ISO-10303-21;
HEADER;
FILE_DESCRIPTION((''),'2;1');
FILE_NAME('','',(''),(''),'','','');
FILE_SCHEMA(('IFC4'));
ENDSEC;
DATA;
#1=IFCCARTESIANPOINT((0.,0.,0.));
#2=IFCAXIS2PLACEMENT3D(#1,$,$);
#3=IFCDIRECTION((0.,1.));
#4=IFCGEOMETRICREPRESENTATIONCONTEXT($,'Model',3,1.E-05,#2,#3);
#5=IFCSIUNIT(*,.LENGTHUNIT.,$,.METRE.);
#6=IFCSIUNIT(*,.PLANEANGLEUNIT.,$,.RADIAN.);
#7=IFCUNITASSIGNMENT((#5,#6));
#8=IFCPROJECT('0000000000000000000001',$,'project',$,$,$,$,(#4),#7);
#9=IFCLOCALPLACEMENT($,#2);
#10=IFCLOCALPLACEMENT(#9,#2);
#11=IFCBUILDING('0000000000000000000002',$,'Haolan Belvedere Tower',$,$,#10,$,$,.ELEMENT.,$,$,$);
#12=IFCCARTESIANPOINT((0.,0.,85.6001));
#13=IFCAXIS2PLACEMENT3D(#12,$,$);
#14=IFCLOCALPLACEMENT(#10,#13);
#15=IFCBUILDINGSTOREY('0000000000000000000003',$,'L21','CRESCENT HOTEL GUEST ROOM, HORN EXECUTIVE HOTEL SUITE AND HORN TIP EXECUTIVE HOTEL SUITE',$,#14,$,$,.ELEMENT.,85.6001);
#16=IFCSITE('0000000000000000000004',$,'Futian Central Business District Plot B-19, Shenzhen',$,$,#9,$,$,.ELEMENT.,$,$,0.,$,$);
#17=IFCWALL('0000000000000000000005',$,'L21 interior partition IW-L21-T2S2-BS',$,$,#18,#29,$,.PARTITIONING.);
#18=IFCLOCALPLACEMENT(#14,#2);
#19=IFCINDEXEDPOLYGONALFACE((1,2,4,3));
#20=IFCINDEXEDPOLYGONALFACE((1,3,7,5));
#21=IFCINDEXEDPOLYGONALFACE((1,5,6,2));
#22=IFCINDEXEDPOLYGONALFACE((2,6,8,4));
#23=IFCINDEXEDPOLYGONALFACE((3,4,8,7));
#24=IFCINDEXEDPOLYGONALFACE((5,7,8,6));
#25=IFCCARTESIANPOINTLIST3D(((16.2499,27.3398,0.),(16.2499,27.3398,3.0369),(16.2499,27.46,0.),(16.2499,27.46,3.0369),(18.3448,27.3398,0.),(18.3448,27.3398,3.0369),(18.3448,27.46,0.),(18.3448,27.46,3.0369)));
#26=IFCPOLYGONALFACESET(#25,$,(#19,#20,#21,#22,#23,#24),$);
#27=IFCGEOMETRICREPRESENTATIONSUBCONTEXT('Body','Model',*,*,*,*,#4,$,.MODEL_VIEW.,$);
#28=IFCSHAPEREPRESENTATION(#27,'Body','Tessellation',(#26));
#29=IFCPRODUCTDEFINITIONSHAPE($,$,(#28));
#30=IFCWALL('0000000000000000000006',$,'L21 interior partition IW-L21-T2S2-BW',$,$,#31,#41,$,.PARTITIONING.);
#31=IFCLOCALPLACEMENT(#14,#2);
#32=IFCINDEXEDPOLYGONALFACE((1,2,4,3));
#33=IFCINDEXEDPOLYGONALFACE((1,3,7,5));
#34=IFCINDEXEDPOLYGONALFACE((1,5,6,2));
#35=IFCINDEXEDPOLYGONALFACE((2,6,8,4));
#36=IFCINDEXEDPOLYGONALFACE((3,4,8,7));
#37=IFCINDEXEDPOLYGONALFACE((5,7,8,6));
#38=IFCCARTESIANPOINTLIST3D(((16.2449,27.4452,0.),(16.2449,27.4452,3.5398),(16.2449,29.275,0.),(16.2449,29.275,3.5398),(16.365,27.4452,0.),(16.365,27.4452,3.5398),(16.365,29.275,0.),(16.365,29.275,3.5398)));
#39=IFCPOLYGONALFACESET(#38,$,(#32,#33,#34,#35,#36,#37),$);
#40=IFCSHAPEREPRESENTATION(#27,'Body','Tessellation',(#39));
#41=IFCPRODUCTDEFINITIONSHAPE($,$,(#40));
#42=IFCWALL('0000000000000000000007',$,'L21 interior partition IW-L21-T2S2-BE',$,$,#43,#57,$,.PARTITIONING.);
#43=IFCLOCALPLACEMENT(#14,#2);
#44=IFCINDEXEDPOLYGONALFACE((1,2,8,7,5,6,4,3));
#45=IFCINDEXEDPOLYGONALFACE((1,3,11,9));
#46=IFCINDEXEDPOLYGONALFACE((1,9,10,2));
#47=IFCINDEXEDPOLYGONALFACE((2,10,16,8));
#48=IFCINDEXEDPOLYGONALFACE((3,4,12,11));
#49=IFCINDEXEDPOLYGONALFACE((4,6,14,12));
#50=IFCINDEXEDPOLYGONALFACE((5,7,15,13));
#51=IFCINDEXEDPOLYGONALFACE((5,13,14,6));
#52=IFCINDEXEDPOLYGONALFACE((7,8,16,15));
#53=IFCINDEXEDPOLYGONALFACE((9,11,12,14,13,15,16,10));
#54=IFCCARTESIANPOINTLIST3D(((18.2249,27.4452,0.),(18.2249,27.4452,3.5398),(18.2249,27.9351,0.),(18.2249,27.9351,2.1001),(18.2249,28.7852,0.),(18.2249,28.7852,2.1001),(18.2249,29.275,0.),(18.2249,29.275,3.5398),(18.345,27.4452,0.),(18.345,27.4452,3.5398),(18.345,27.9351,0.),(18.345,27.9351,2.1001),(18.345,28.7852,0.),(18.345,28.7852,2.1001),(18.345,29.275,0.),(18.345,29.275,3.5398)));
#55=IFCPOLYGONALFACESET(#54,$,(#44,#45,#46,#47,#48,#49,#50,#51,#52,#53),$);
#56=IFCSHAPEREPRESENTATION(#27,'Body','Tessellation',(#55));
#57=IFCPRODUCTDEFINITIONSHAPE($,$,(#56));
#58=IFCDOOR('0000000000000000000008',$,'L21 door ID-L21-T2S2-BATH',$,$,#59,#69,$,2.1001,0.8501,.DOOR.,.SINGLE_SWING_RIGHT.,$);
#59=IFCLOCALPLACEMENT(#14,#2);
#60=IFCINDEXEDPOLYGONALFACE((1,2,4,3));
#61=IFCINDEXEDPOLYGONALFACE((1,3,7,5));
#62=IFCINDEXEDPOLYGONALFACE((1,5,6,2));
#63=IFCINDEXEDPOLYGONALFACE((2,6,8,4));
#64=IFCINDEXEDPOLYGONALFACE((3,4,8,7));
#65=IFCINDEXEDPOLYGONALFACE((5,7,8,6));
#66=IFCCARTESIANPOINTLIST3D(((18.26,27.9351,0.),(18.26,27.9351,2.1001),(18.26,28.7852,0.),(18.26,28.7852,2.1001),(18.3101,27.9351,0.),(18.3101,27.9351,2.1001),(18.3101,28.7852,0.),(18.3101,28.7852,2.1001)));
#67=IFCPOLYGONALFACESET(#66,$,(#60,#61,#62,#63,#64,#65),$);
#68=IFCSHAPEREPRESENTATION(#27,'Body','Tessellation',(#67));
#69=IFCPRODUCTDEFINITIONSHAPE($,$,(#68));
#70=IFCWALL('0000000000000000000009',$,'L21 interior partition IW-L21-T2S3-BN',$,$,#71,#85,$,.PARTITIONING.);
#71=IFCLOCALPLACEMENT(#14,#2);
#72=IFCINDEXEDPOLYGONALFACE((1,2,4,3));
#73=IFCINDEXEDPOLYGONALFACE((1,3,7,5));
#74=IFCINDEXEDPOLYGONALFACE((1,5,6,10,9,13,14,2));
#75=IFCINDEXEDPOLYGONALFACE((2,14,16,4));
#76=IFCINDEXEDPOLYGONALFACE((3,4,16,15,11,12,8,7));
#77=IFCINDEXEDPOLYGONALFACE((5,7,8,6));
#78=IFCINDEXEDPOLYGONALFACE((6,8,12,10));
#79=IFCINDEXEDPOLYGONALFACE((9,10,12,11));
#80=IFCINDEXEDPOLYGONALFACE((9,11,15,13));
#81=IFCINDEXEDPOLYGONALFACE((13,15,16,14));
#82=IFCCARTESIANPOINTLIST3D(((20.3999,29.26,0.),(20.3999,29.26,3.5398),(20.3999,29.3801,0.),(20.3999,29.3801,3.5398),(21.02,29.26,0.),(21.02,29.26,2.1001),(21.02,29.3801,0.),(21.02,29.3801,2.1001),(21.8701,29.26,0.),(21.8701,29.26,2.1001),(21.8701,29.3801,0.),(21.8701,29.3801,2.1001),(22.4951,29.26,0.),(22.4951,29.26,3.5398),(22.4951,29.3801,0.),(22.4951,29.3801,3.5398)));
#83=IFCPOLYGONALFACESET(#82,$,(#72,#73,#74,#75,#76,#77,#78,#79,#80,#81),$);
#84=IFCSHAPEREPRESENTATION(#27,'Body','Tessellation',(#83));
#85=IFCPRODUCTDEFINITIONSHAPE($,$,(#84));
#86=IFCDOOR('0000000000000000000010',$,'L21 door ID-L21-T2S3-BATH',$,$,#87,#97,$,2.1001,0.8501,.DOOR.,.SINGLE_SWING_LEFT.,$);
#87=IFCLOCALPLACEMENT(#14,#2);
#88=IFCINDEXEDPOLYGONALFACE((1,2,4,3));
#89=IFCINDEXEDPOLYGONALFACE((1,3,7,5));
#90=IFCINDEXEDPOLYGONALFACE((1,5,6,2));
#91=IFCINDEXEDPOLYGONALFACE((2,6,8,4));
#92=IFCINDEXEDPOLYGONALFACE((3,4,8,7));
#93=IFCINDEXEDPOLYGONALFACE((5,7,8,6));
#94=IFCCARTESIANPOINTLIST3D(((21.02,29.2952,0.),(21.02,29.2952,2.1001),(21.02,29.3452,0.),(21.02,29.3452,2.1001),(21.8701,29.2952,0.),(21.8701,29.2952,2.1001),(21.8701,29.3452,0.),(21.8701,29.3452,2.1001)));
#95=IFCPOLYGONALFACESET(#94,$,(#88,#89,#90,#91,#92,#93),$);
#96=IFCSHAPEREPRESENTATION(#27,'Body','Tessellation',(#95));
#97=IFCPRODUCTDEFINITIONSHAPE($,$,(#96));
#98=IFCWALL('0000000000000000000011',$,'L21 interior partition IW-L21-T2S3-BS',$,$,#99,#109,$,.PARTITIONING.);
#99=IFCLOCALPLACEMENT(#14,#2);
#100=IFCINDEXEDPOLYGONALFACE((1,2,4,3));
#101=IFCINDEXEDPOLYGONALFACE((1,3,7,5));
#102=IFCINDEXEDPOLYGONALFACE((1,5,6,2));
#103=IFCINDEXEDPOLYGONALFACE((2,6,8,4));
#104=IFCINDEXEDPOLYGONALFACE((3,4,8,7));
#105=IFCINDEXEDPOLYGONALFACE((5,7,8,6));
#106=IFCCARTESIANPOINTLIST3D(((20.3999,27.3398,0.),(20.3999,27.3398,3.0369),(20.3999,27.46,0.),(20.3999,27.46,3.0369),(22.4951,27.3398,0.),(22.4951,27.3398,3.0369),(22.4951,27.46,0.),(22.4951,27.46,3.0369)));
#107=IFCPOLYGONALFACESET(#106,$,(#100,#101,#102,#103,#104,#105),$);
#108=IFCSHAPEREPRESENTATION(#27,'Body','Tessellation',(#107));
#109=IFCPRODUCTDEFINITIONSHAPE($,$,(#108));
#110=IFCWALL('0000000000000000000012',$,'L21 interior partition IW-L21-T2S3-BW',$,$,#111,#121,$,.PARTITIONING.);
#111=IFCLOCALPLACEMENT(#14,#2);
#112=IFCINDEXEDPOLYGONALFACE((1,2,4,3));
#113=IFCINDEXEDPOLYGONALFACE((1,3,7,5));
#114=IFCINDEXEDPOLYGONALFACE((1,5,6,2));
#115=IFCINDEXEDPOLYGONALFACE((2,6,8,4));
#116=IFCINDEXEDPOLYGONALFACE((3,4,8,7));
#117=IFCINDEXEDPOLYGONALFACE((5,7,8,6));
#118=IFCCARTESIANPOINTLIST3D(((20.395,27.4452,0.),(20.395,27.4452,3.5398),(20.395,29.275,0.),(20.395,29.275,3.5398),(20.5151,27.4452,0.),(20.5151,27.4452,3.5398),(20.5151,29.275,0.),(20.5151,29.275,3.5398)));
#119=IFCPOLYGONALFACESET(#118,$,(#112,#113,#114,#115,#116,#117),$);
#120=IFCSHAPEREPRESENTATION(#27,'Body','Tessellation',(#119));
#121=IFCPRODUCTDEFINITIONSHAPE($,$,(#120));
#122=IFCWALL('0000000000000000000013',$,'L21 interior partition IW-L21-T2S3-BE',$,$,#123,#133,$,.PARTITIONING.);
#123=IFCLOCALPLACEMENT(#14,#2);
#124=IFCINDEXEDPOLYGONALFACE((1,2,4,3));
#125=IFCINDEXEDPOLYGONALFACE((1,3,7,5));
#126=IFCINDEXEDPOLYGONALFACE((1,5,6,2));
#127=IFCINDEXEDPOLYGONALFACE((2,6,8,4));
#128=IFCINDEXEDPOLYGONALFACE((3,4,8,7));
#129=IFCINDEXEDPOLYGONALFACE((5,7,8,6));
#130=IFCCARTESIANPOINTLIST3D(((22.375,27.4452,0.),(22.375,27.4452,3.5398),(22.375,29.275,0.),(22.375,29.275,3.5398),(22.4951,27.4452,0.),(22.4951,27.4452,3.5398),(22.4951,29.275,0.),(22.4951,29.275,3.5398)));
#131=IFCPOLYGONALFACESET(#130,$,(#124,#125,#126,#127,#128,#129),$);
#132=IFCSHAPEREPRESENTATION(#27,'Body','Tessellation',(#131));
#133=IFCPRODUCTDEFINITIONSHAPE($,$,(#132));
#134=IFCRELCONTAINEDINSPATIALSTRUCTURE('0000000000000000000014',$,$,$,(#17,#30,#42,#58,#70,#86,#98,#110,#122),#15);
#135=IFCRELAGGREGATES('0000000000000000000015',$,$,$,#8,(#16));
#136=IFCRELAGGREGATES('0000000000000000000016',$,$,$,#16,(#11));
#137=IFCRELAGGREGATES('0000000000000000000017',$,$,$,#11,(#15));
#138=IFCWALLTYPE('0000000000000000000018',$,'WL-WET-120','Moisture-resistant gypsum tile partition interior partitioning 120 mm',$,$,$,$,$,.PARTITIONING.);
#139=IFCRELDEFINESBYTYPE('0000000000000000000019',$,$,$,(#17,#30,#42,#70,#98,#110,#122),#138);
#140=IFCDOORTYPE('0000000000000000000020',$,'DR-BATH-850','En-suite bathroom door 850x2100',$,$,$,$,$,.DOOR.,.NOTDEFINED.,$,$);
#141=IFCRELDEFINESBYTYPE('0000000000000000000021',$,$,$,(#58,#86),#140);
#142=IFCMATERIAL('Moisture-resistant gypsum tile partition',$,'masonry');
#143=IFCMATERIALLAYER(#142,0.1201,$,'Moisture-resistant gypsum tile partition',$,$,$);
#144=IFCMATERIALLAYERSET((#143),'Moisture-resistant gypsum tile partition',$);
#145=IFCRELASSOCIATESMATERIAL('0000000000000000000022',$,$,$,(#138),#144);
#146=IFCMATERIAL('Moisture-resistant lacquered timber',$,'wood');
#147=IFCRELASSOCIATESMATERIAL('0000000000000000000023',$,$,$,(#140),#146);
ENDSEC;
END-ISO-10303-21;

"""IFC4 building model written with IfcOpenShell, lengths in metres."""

from ifc_helpers import new_model, si_unit, direction, frame, frame_2d, origin, place, context, subcontext, project, spatial, rectangle, extrude, material, layer, layer_set, type_object, element, fill, save


model = new_model("IFC4")

# Units and contexts
model_context = context("Model", 3, precision=1e-05, world=origin(), true_north=direction((0.0, 1.0)))
body_context = subcontext(model_context, "Body", "Model", "MODEL_VIEW")
ifc_project = project(units=[si_unit("LENGTHUNIT", "METRE"), si_unit("PLANEANGLEUNIT", "RADIAN")], contexts=[model_context])

# Site, building, storey
site_placement = place(None, origin())
site = spatial("IfcSite", under=ifc_project, at=site_placement, Name="Futian Central Business District Plot B-19, Shenzhen", CompositionType="ELEMENT", RefElevation=0.0)
building_placement = place(site_placement, origin())
building = spatial("IfcBuilding", under=site, at=building_placement, Name="Haolan Belvedere Tower", CompositionType="ELEMENT")
storey_placement = place(building_placement, frame((0.0, 0.0, 85.6001)))
storey = spatial("IfcBuildingStorey", under=building, at=storey_placement, Name="L21", Description="CRESCENT HOTEL GUEST ROOM, HORN EXECUTIVE HOTEL SUITE AND HORN TIP EXECUTIVE HOTEL SUITE", CompositionType="ELEMENT", Elevation=85.6001)

# Walls
ifc_material_1 = material(Name="Moisture-resistant gypsum tile partition", Category="masonry")
ifc_layer_1 = layer(ifc_material_1, 0.1201, Name="Moisture-resistant gypsum tile partition")
ifc_layer_set_1 = layer_set([ifc_layer_1], Name="Moisture-resistant gypsum tile partition")
wall_type_1 = type_object("IfcWallType", Name="WL-WET-120", Description="Moisture-resistant gypsum tile partition interior partitioning 120 mm", PredefinedType="PARTITIONING", material=ifc_layer_set_1)
wall_1_placement = place(storey_placement, frame((16.25, 27.3999, 0.0), z_axis=(0.0, 0.0, 1.0), x_axis=(1.0, 0.0, 0.0)))
element("IfcWall", 1, at=wall_1_placement, inside=storey, type_object=wall_type_1, Name="L21 interior partition IW-L21-T2S2-BS", PredefinedType="PARTITIONING", context=body_context, shape_type="SweptSolid", body=[
    extrude(rectangle(XDim=2.095, YDim=0.1201, at=frame_2d((1.0474, 0.0))), origin(), (0.0, 0.0, 1.0), 3.0369),
])
wall_2_placement = place(storey_placement, frame((16.3049, 27.4451, 0.0), z_axis=(0.0, 0.0, 1.0), x_axis=(0.0, 1.0, 0.0)))
element("IfcWall", 2, at=wall_2_placement, inside=storey, type_object=wall_type_1, Name="L21 interior partition IW-L21-T2S2-BW", PredefinedType="PARTITIONING", context=body_context, shape_type="SweptSolid", body=[
    extrude(rectangle(XDim=1.8298, YDim=0.1201, at=frame_2d((0.915, 0.0))), origin(), (0.0, 0.0, 1.0), 3.5398),
])

# Walls, openings, doors
wall_3_placement = place(storey_placement, frame((18.2849, 27.4451, 0.0), z_axis=(0.0, 0.0, 1.0), x_axis=(0.0, 1.0, 0.0)))
wall_3 = element("IfcWall", 3, at=wall_3_placement, inside=storey, type_object=wall_type_1, Name="L21 interior partition IW-L21-T2S2-BE", PredefinedType="PARTITIONING", context=body_context, shape_type="SweptSolid", body=[
    extrude(rectangle(XDim=1.8298, YDim=0.1201, at=frame_2d((0.915, 0.0))), origin(), (0.0, 0.0, 1.0), 3.5398),
])
opening_1_placement = place(wall_3_placement, frame((0.49, 0.0, 0.0)))
opening_1 = element("IfcOpeningElement", 4, at=opening_1_placement, cuts=wall_3, PredefinedType="OPENING", context=body_context, shape_type="SweptSolid", body=[
    extrude(rectangle(XDim=0.8501, YDim=2.1001, at=frame_2d((0.425, 1.05))), frame((0.0, 0.0701, 0.0), z_axis=(0.0, -1.0, 0.0), x_axis=(1.0, 0.0, 0.0)), (0.0, 0.0, 1.0), 0.1401),
])
ifc_material_2 = material(Name="Moisture-resistant lacquered timber", Category="wood")
door_type = type_object("IfcDoorType", Name="DR-BATH-850", Description="En-suite bathroom door 850x2100", OperationType="NOTDEFINED", PredefinedType="DOOR", material=ifc_material_2)
door_1_placement = place(opening_1_placement, origin())
door_1 = element("IfcDoor", 5, at=door_1_placement, inside=storey, type_object=door_type, Name="L21 door ID-L21-T2S2-BATH", OperationType="SINGLE_SWING_RIGHT", OverallHeight=2.1001, OverallWidth=0.8501, PredefinedType="DOOR", context=body_context, shape_type="SweptSolid", body=[
    extrude(rectangle(XDim=0.8501, YDim=2.1001, at=frame_2d((0.425, 1.05))), frame((0.0, 0.0249, 0.0), z_axis=(0.0, -1.0, 0.0), x_axis=(1.0, 0.0, 0.0)), (0.0, 0.0, 1.0), 0.05),
])
fill(opening_1, door_1)
wall_4_placement = place(storey_placement, frame((20.3999, 29.3201, 0.0), z_axis=(0.0, 0.0, 1.0), x_axis=(1.0, 0.0, 0.0)))
wall_4 = element("IfcWall", 6, at=wall_4_placement, inside=storey, type_object=wall_type_1, Name="L21 interior partition IW-L21-T2S3-BN", PredefinedType="PARTITIONING", context=body_context, shape_type="SweptSolid", body=[
    extrude(rectangle(XDim=2.0952, YDim=0.1201, at=frame_2d((1.0476, 0.0))), origin(), (0.0, 0.0, 1.0), 3.5398),
])
opening_2_placement = place(wall_4_placement, frame((1.4702, 0.0, 0.0), z_axis=(0.0, 0.0, 1.0), x_axis=(-1.0, 0.0, 0.0)))
opening_2 = element("IfcOpeningElement", 7, at=opening_2_placement, cuts=wall_4, PredefinedType="OPENING", context=body_context, shape_type="SweptSolid", body=[
    extrude(rectangle(XDim=0.8501, YDim=2.1001, at=frame_2d((0.425, 1.05))), frame((0.0, 0.0701, 0.0), z_axis=(0.0, -1.0, 0.0), x_axis=(1.0, 0.0, 0.0)), (0.0, 0.0, 1.0), 0.1401),
])
door_2_placement = place(opening_2_placement, origin())
door_2 = element("IfcDoor", 8, at=door_2_placement, inside=storey, type_object=door_type, Name="L21 door ID-L21-T2S3-BATH", OperationType="SINGLE_SWING_LEFT", OverallHeight=2.1001, OverallWidth=0.8501, PredefinedType="DOOR", context=body_context, shape_type="SweptSolid", body=[
    extrude(rectangle(XDim=0.8501, YDim=2.1001, at=frame_2d((0.425, 1.05))), frame((0.0, 0.0249, 0.0), z_axis=(0.0, -1.0, 0.0), x_axis=(1.0, 0.0, 0.0)), (0.0, 0.0, 1.0), 0.05),
])
fill(opening_2, door_2)

# Walls
wall_5_placement = place(storey_placement, frame((20.3999, 27.3999, 0.0), z_axis=(0.0, 0.0, 1.0), x_axis=(1.0, 0.0, 0.0)))
element("IfcWall", 9, at=wall_5_placement, inside=storey, type_object=wall_type_1, Name="L21 interior partition IW-L21-T2S3-BS", PredefinedType="PARTITIONING", context=body_context, shape_type="SweptSolid", body=[
    extrude(rectangle(XDim=2.0952, YDim=0.1201, at=frame_2d((1.0476, 0.0))), origin(), (0.0, 0.0, 1.0), 3.0369),
])
for number, where, z_axis, x_axis, name in (
    (10, (20.4551, 27.4451, 0.0), (0.0, 0.0, 1.0), (0.0, 1.0, 0.0), "L21 interior partition IW-L21-T2S3-BW"),
    (11, (22.4351, 27.4451, 0.0), (0.0, 0.0, 1.0), (0.0, 1.0, 0.0), "L21 interior partition IW-L21-T2S3-BE"),
):
    element("IfcWall", number, at=place(storey_placement, frame(where, z_axis=z_axis, x_axis=x_axis)), inside=storey, type_object=wall_type_1, Name=name, PredefinedType="PARTITIONING", context=body_context, shape_type="SweptSolid", body=[
        extrude(rectangle(XDim=1.8298, YDim=0.1201, at=frame_2d((0.915, 0.0))), origin(), (0.0, 0.0, 1.0), 3.5398),
    ])

save(model, "model.ifc")
